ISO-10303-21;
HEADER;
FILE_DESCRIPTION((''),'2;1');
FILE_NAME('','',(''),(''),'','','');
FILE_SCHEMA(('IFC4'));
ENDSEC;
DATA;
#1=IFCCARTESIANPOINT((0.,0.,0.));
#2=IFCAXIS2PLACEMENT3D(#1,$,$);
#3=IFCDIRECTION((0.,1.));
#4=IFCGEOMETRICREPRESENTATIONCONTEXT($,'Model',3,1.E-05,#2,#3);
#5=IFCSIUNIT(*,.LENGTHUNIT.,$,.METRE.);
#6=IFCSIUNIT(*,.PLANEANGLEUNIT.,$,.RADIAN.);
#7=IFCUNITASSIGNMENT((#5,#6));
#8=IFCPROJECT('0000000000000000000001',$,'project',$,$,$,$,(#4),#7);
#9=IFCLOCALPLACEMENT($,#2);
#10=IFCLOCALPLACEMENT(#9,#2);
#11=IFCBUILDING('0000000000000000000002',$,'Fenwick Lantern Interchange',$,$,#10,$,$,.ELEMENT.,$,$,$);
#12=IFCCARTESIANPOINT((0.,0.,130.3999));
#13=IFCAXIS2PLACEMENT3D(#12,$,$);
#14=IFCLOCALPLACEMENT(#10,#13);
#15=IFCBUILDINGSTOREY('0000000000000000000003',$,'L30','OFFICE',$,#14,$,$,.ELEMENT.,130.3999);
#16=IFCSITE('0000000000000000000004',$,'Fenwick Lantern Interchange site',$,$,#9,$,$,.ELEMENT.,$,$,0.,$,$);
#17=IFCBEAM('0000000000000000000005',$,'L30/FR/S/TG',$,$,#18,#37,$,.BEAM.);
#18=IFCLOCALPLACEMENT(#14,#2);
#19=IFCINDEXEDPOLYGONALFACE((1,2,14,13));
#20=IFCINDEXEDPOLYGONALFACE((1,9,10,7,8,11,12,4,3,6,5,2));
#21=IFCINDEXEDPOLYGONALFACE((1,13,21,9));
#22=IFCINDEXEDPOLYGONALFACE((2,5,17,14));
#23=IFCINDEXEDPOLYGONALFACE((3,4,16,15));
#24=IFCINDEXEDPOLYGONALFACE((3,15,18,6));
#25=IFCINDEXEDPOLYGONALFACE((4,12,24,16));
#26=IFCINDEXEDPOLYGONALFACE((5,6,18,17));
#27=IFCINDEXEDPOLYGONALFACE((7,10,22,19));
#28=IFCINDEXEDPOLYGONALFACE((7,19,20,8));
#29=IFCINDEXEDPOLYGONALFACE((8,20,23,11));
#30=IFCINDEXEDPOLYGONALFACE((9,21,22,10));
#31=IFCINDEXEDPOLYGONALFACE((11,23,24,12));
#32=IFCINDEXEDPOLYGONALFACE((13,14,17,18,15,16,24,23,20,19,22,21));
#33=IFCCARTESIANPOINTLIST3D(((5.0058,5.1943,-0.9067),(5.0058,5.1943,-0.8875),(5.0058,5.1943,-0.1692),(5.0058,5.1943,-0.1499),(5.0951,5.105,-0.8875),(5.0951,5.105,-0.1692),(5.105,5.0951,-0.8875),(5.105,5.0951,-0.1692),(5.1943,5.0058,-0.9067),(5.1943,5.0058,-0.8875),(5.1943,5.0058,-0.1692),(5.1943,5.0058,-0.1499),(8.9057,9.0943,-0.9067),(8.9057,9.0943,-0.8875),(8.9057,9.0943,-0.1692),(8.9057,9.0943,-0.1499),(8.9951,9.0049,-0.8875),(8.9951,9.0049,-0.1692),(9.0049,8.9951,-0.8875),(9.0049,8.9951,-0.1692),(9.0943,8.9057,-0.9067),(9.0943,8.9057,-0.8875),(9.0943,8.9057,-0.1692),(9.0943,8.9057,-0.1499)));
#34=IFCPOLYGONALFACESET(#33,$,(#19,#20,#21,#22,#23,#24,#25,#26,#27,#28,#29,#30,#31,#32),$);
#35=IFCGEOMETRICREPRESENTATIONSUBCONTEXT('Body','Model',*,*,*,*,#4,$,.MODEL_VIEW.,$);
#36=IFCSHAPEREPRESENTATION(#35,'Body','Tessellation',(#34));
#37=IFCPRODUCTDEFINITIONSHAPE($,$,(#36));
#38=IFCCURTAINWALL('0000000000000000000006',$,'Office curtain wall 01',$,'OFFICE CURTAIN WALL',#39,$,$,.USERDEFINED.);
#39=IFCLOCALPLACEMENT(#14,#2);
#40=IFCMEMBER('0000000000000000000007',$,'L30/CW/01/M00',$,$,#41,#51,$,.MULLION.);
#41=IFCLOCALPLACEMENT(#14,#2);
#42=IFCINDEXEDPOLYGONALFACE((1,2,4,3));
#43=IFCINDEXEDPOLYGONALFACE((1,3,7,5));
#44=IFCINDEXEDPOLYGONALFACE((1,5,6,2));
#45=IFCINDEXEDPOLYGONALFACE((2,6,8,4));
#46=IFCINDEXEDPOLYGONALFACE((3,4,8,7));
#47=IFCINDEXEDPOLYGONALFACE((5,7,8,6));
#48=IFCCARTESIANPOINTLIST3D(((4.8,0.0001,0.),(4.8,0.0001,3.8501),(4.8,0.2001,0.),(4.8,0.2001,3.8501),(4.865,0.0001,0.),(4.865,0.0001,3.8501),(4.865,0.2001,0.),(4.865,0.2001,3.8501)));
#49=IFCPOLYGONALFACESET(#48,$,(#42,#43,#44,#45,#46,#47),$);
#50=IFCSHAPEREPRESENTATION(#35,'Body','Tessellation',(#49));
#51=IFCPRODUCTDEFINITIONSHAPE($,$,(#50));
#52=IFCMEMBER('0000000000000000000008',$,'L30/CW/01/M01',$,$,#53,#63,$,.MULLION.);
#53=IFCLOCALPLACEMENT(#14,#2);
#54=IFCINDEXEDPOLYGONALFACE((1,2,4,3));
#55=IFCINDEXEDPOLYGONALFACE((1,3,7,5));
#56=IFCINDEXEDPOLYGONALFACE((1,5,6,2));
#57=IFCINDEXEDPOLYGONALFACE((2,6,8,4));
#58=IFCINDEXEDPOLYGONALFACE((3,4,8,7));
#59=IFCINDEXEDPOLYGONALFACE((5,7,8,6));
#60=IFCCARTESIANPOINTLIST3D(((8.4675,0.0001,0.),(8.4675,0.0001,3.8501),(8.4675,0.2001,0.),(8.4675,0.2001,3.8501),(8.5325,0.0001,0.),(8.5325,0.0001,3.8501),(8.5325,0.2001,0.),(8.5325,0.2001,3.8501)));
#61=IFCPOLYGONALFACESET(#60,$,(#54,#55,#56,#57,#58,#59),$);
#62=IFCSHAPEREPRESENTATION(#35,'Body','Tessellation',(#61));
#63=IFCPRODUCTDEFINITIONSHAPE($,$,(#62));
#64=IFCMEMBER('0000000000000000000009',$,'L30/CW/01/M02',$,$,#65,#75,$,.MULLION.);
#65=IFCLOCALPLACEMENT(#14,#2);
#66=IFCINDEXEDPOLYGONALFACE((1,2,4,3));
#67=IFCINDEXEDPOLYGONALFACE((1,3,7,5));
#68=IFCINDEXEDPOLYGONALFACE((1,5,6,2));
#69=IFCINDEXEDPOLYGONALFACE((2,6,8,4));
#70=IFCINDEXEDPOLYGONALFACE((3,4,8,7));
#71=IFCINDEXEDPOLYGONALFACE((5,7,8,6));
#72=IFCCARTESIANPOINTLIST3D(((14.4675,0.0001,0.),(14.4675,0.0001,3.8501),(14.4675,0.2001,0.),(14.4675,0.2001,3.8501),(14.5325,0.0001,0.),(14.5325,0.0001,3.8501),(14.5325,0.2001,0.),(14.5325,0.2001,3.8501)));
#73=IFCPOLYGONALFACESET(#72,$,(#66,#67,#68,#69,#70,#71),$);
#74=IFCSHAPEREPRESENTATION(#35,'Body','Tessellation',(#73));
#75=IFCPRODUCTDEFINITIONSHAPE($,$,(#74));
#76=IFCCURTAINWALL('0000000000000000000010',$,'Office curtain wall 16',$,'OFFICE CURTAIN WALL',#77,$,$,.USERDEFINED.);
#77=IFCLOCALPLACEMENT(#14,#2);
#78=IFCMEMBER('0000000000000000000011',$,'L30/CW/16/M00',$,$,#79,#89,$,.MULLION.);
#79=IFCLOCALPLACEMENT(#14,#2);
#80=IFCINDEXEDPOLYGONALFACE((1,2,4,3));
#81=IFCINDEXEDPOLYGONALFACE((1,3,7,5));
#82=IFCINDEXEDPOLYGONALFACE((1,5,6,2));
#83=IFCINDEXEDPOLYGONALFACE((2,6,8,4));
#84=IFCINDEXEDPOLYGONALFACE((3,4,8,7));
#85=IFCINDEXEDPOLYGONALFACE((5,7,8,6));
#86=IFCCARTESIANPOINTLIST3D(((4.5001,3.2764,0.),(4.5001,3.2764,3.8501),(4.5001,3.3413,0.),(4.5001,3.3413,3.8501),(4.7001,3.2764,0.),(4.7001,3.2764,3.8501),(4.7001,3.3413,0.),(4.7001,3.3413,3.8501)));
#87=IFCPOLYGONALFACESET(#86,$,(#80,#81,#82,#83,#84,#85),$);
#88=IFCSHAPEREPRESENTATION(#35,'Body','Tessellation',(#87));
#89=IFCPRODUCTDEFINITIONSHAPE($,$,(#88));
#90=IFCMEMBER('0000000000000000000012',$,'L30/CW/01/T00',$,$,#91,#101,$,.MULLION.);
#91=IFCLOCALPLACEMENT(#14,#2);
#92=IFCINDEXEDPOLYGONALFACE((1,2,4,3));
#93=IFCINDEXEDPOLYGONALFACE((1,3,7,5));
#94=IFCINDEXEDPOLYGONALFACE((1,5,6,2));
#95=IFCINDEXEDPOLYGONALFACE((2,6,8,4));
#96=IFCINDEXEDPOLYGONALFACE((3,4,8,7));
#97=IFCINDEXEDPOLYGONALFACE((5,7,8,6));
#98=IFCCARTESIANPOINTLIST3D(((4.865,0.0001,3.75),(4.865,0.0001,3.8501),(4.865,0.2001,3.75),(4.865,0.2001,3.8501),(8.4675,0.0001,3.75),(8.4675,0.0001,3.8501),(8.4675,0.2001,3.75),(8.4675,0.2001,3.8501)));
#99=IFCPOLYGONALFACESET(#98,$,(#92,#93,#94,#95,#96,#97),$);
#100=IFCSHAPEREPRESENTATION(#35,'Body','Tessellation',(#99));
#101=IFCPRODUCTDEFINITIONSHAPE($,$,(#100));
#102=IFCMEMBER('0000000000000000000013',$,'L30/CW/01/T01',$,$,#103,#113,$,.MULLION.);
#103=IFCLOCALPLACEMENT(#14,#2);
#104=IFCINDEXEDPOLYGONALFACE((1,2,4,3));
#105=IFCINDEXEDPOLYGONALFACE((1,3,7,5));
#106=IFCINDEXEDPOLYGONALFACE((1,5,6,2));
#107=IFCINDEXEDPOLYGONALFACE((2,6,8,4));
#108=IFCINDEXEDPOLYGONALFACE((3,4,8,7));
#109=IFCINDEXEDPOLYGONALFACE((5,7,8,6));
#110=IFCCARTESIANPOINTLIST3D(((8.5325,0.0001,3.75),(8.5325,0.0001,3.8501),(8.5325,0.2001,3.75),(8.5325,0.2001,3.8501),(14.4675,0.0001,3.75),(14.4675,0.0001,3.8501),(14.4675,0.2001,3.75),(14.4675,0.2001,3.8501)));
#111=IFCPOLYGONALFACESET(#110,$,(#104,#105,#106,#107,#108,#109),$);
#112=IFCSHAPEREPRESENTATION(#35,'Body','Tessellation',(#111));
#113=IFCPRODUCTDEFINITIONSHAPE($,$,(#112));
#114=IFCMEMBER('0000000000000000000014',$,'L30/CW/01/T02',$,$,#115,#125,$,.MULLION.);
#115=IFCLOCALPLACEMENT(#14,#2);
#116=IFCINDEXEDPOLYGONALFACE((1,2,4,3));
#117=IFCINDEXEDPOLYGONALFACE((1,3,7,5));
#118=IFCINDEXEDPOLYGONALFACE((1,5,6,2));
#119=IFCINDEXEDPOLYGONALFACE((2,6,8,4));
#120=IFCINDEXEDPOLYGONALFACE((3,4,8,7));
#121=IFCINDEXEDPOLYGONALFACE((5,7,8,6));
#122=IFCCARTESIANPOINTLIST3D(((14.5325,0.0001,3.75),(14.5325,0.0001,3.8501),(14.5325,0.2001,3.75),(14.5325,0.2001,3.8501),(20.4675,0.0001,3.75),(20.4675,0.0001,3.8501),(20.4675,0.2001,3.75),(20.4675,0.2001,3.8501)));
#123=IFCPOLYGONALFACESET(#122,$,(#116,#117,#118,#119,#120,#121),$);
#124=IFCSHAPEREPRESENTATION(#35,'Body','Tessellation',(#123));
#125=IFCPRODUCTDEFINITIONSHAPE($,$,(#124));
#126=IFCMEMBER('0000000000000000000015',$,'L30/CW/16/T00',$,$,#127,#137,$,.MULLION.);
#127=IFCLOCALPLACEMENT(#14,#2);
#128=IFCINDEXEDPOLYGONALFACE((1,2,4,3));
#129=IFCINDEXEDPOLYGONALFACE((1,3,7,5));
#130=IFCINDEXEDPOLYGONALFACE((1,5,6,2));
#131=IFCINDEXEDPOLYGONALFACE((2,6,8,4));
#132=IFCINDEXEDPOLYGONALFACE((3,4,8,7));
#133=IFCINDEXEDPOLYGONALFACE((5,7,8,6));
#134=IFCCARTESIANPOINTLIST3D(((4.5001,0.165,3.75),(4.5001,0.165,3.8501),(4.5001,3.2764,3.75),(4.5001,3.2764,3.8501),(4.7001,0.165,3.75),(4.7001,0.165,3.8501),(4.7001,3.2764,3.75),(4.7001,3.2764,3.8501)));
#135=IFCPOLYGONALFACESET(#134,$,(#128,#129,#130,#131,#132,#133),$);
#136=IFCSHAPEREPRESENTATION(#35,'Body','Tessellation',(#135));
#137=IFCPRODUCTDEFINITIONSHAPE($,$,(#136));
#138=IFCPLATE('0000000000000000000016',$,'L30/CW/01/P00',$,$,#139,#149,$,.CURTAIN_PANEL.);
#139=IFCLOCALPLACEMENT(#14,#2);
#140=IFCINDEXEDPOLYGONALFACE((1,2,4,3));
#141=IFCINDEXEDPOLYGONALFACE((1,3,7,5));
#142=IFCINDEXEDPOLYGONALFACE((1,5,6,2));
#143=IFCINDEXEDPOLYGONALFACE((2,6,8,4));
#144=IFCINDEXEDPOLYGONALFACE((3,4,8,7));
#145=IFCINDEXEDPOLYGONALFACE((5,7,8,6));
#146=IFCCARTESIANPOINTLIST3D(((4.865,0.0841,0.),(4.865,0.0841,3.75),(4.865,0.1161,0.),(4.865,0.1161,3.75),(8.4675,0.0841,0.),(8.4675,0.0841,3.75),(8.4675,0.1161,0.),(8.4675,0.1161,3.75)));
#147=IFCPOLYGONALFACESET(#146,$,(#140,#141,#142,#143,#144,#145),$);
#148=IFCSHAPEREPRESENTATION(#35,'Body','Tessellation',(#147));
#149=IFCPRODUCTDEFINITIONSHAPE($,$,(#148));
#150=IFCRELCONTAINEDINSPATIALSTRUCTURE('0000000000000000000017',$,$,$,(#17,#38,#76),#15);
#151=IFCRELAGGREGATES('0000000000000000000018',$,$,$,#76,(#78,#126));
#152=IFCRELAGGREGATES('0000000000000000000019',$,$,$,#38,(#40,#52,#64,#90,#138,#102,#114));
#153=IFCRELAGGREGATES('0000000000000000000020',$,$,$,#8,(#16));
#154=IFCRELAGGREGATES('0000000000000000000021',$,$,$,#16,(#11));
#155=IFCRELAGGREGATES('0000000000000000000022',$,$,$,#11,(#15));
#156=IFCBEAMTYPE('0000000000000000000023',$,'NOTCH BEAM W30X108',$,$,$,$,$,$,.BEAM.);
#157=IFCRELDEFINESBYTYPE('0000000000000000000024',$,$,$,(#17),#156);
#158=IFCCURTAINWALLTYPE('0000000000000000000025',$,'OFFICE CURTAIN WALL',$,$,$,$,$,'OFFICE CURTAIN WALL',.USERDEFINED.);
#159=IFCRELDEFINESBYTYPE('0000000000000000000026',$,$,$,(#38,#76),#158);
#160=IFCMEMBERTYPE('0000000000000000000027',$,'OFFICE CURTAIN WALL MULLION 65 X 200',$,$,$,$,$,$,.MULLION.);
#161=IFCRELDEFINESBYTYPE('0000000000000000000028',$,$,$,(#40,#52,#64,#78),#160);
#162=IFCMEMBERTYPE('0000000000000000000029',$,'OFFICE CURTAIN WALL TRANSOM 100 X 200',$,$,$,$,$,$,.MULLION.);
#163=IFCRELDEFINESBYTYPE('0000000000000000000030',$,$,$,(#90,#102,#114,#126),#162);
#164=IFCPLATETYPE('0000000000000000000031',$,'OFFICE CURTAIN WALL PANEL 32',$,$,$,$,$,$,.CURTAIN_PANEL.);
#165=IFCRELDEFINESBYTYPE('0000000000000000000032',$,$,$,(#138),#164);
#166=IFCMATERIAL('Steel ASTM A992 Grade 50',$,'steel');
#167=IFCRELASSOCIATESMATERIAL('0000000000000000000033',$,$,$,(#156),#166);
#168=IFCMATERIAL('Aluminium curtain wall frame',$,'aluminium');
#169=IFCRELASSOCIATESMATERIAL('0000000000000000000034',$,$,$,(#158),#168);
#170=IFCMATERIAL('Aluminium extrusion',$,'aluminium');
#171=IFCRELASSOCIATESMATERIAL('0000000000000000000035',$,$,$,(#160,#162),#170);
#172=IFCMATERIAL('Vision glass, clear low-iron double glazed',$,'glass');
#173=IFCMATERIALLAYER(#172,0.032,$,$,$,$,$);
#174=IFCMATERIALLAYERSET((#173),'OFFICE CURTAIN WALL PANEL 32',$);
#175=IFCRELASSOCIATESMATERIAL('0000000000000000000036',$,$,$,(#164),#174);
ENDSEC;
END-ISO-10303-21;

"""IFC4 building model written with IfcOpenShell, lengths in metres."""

from ifc_helpers import new_model, si_unit, direction, frame, origin, origin_2d, place, context, subcontext, project, spatial, rectangle, i_section, extrude, material, layer, layer_set, material_profile, profile_set, type_object, element, aggregate, save


model = new_model("IFC4")

# Units and contexts
model_context = context("Model", 3, precision=1e-05, world=origin(), true_north=direction((0.0, 1.0)))
body_context = subcontext(model_context, "Body", "Model", "MODEL_VIEW")
ifc_project = project(units=[si_unit("LENGTHUNIT", "METRE"), si_unit("PLANEANGLEUNIT", "RADIAN")], contexts=[model_context])

# Site, building, storey
site_placement = place(None, origin())
site = spatial("IfcSite", under=ifc_project, at=site_placement, Name="Fenwick Lantern Interchange site", CompositionType="ELEMENT", RefElevation=0.0)
building_placement = place(site_placement, origin())
building = spatial("IfcBuilding", under=site, at=building_placement, Name="Fenwick Lantern Interchange", CompositionType="ELEMENT")
storey_placement = place(building_placement, frame((0.0, 0.0, 130.3999)))
storey = spatial("IfcBuildingStorey", under=building, at=storey_placement, Name="L30", Description="OFFICE", CompositionType="ELEMENT", Elevation=130.3999)

# Shared definitions
ifc_material_1 = material(Name="Steel ASTM A992 Grade 50", Category="steel")

# Beam
ifc_material_profile_1 = material_profile(ifc_material_1, i_section(OverallWidth=0.2666, OverallDepth=0.7568, WebThickness=0.0139, FlangeThickness=0.0193, at=origin_2d()), Name="W30X108")
ifc_profile_set_1 = profile_set([ifc_material_profile_1], Name="Steel ASTM A992 Grade 50")
beam_type_1 = type_object("IfcBeamType", Name="NOTCH BEAM W30X108", PredefinedType="BEAM", material=ifc_profile_set_1)
beam_1_placement = place(storey_placement, frame((9.0, 9.0, -0.5283), z_axis=(-0.707107, -0.707107, 0.0), x_axis=(0.707107, -0.707107, 0.0)))
element("IfcBeam", 1, at=beam_1_placement, inside=storey, type_object=beam_type_1, Name="L30/FR/S/TG", PredefinedType="BEAM", context=body_context, shape_type="SweptSolid", body=[
    extrude(i_section(OverallWidth=0.2666, OverallDepth=0.7568, WebThickness=0.0139, FlangeThickness=0.0193, at=origin_2d()), origin(), (0.0, 0.0, 1.0), 5.5154),
])

# Curtain wall, members
ifc_material_2 = material(Name="Aluminium curtain wall frame", Category="aluminium")
curtain_wall_type = type_object("IfcCurtainWallType", Name="OFFICE CURTAIN WALL", ElementType="OFFICE CURTAIN WALL", PredefinedType="USERDEFINED", material=ifc_material_2)
curtain_wall_1_placement = place(storey_placement, origin())
curtain_wall_1 = element("IfcCurtainWall", 2, at=curtain_wall_1_placement, inside=storey, type_object=curtain_wall_type, Name="Office curtain wall 01", ObjectType="OFFICE CURTAIN WALL", PredefinedType="USERDEFINED")
ifc_material_3 = material(Name="Aluminium extrusion", Category="aluminium")
ifc_material_profile_2 = material_profile(ifc_material_3, rectangle(XDim=0.2, YDim=0.0649, at=origin_2d()), Name="OFFICE CURTAIN WALL MULLION 65 X 200")
ifc_profile_set_2 = profile_set([ifc_material_profile_2], Name="Aluminium extrusion")
member_type_1 = type_object("IfcMemberType", Name="OFFICE CURTAIN WALL MULLION 65 X 200", PredefinedType="MULLION", material=ifc_profile_set_2)
member_1_placement = place(storey_placement, frame((4.8325, 0.1001, 0.0), z_axis=(0.0, 0.0, 1.0), x_axis=(0.0, 1.0, 0.0)))
member_1 = element("IfcMember", 3, at=member_1_placement, type_object=member_type_1, Name="L30/CW/01/M00", PredefinedType="MULLION", context=body_context, shape_type="SweptSolid", body=[
    extrude(rectangle(XDim=0.2, YDim=0.0649, at=origin_2d()), origin(), (0.0, 0.0, 1.0), 3.8501),
])
member_2_placement = place(storey_placement, frame((8.5, 0.1001, 0.0), z_axis=(0.0, 0.0, 1.0), x_axis=(0.0, 1.0, 0.0)))
member_2 = element("IfcMember", 4, at=member_2_placement, type_object=member_type_1, Name="L30/CW/01/M01", PredefinedType="MULLION", context=body_context, shape_type="SweptSolid", body=[
    extrude(rectangle(XDim=0.2, YDim=0.0649, at=origin_2d()), origin(), (0.0, 0.0, 1.0), 3.8501),
])
member_3_placement = place(storey_placement, frame((14.5, 0.1001, 0.0), z_axis=(0.0, 0.0, 1.0), x_axis=(0.0, 1.0, 0.0)))
member_3 = element("IfcMember", 5, at=member_3_placement, type_object=member_type_1, Name="L30/CW/01/M02", PredefinedType="MULLION", context=body_context, shape_type="SweptSolid", body=[
    extrude(rectangle(XDim=0.2, YDim=0.0649, at=origin_2d()), origin(), (0.0, 0.0, 1.0), 3.8501),
])

# Curtain wall, member
curtain_wall_2_placement = place(storey_placement, origin())
curtain_wall_2 = element("IfcCurtainWall", 6, at=curtain_wall_2_placement, inside=storey, type_object=curtain_wall_type, Name="Office curtain wall 16", ObjectType="OFFICE CURTAIN WALL", PredefinedType="USERDEFINED")
member_4_placement = place(storey_placement, frame((4.6001, 3.3088, 0.0), z_axis=(0.0, 0.0, 1.0), x_axis=(1.0, 0.0, 0.0)))
member_4 = element("IfcMember", 7, at=member_4_placement, type_object=member_type_1, Name="L30/CW/16/M00", PredefinedType="MULLION", context=body_context, shape_type="SweptSolid", body=[
    extrude(rectangle(XDim=0.2, YDim=0.0649, at=origin_2d()), origin(), (0.0, 0.0, 1.0), 3.8501),
])

# Members
ifc_material_profile_3 = material_profile(ifc_material_3, rectangle(XDim=0.2, YDim=0.1001, at=origin_2d()), Name="OFFICE CURTAIN WALL TRANSOM 100 X 200")
ifc_profile_set_3 = profile_set([ifc_material_profile_3], Name="Aluminium extrusion")
member_type_2 = type_object("IfcMemberType", Name="OFFICE CURTAIN WALL TRANSOM 100 X 200", PredefinedType="MULLION", material=ifc_profile_set_3)
member_5_placement = place(storey_placement, frame((4.865, 0.1001, 3.8), z_axis=(1.0, 0.0, 0.0), x_axis=(0.0, 1.0, 0.0)))
member_5 = element("IfcMember", 8, at=member_5_placement, type_object=member_type_2, Name="L30/CW/01/T00", PredefinedType="MULLION", context=body_context, shape_type="SweptSolid", body=[
    extrude(rectangle(XDim=0.2, YDim=0.1001, at=origin_2d()), origin(), (0.0, 0.0, 1.0), 3.6025),
])
member_6_placement = place(storey_placement, frame((8.5325, 0.1001, 3.8), z_axis=(1.0, 0.0, 0.0), x_axis=(0.0, 1.0, 0.0)))
member_6 = element("IfcMember", 9, at=member_6_placement, type_object=member_type_2, Name="L30/CW/01/T01", PredefinedType="MULLION", context=body_context, shape_type="SweptSolid", body=[
    extrude(rectangle(XDim=0.2, YDim=0.1001, at=origin_2d()), origin(), (0.0, 0.0, 1.0), 5.9351),
])
member_7_placement = place(storey_placement, frame((14.5325, 0.1001, 3.8), z_axis=(1.0, 0.0, 0.0), x_axis=(0.0, 1.0, 0.0)))
member_7 = element("IfcMember", 10, at=member_7_placement, type_object=member_type_2, Name="L30/CW/01/T02", PredefinedType="MULLION", context=body_context, shape_type="SweptSolid", body=[
    extrude(rectangle(XDim=0.2, YDim=0.1001, at=origin_2d()), origin(), (0.0, 0.0, 1.0), 5.9351),
])
member_8_placement = place(storey_placement, frame((4.6001, 3.2764, 3.8), z_axis=(0.0, -1.0, 0.0), x_axis=(1.0, 0.0, 0.0)))
member_8 = element("IfcMember", 11, at=member_8_placement, type_object=member_type_2, Name="L30/CW/16/T00", PredefinedType="MULLION", context=body_context, shape_type="SweptSolid", body=[
    extrude(rectangle(XDim=0.2, YDim=0.1001, at=origin_2d()), origin(), (0.0, 0.0, 1.0), 3.1113),
])
aggregate(curtain_wall_2, [member_4, member_8])

# Plate
ifc_material_4 = material(Name="Vision glass, clear low-iron double glazed", Category="glass")
ifc_layer = layer(ifc_material_4, 0.032)
ifc_layer_set = layer_set([ifc_layer], Name="OFFICE CURTAIN WALL PANEL 32")
plate_type = type_object("IfcPlateType", Name="OFFICE CURTAIN WALL PANEL 32", PredefinedType="CURTAIN_PANEL", material=ifc_layer_set)
plate_placement = place(storey_placement, frame((6.6663, 0.1001, 0.0), z_axis=(0.0, 0.0, 1.0), x_axis=(1.0, 0.0, 0.0)))
plate = element("IfcPlate", 12, at=plate_placement, type_object=plate_type, Name="L30/CW/01/P00", PredefinedType="CURTAIN_PANEL", context=body_context, shape_type="SweptSolid", body=[
    extrude(rectangle(XDim=3.6025, YDim=0.032, at=origin_2d()), origin(), (0.0, 0.0, 1.0), 3.75),
])
aggregate(curtain_wall_1, [member_1, member_2, member_3, member_5, plate, member_6, member_7])

save(model, "model.ifc")
